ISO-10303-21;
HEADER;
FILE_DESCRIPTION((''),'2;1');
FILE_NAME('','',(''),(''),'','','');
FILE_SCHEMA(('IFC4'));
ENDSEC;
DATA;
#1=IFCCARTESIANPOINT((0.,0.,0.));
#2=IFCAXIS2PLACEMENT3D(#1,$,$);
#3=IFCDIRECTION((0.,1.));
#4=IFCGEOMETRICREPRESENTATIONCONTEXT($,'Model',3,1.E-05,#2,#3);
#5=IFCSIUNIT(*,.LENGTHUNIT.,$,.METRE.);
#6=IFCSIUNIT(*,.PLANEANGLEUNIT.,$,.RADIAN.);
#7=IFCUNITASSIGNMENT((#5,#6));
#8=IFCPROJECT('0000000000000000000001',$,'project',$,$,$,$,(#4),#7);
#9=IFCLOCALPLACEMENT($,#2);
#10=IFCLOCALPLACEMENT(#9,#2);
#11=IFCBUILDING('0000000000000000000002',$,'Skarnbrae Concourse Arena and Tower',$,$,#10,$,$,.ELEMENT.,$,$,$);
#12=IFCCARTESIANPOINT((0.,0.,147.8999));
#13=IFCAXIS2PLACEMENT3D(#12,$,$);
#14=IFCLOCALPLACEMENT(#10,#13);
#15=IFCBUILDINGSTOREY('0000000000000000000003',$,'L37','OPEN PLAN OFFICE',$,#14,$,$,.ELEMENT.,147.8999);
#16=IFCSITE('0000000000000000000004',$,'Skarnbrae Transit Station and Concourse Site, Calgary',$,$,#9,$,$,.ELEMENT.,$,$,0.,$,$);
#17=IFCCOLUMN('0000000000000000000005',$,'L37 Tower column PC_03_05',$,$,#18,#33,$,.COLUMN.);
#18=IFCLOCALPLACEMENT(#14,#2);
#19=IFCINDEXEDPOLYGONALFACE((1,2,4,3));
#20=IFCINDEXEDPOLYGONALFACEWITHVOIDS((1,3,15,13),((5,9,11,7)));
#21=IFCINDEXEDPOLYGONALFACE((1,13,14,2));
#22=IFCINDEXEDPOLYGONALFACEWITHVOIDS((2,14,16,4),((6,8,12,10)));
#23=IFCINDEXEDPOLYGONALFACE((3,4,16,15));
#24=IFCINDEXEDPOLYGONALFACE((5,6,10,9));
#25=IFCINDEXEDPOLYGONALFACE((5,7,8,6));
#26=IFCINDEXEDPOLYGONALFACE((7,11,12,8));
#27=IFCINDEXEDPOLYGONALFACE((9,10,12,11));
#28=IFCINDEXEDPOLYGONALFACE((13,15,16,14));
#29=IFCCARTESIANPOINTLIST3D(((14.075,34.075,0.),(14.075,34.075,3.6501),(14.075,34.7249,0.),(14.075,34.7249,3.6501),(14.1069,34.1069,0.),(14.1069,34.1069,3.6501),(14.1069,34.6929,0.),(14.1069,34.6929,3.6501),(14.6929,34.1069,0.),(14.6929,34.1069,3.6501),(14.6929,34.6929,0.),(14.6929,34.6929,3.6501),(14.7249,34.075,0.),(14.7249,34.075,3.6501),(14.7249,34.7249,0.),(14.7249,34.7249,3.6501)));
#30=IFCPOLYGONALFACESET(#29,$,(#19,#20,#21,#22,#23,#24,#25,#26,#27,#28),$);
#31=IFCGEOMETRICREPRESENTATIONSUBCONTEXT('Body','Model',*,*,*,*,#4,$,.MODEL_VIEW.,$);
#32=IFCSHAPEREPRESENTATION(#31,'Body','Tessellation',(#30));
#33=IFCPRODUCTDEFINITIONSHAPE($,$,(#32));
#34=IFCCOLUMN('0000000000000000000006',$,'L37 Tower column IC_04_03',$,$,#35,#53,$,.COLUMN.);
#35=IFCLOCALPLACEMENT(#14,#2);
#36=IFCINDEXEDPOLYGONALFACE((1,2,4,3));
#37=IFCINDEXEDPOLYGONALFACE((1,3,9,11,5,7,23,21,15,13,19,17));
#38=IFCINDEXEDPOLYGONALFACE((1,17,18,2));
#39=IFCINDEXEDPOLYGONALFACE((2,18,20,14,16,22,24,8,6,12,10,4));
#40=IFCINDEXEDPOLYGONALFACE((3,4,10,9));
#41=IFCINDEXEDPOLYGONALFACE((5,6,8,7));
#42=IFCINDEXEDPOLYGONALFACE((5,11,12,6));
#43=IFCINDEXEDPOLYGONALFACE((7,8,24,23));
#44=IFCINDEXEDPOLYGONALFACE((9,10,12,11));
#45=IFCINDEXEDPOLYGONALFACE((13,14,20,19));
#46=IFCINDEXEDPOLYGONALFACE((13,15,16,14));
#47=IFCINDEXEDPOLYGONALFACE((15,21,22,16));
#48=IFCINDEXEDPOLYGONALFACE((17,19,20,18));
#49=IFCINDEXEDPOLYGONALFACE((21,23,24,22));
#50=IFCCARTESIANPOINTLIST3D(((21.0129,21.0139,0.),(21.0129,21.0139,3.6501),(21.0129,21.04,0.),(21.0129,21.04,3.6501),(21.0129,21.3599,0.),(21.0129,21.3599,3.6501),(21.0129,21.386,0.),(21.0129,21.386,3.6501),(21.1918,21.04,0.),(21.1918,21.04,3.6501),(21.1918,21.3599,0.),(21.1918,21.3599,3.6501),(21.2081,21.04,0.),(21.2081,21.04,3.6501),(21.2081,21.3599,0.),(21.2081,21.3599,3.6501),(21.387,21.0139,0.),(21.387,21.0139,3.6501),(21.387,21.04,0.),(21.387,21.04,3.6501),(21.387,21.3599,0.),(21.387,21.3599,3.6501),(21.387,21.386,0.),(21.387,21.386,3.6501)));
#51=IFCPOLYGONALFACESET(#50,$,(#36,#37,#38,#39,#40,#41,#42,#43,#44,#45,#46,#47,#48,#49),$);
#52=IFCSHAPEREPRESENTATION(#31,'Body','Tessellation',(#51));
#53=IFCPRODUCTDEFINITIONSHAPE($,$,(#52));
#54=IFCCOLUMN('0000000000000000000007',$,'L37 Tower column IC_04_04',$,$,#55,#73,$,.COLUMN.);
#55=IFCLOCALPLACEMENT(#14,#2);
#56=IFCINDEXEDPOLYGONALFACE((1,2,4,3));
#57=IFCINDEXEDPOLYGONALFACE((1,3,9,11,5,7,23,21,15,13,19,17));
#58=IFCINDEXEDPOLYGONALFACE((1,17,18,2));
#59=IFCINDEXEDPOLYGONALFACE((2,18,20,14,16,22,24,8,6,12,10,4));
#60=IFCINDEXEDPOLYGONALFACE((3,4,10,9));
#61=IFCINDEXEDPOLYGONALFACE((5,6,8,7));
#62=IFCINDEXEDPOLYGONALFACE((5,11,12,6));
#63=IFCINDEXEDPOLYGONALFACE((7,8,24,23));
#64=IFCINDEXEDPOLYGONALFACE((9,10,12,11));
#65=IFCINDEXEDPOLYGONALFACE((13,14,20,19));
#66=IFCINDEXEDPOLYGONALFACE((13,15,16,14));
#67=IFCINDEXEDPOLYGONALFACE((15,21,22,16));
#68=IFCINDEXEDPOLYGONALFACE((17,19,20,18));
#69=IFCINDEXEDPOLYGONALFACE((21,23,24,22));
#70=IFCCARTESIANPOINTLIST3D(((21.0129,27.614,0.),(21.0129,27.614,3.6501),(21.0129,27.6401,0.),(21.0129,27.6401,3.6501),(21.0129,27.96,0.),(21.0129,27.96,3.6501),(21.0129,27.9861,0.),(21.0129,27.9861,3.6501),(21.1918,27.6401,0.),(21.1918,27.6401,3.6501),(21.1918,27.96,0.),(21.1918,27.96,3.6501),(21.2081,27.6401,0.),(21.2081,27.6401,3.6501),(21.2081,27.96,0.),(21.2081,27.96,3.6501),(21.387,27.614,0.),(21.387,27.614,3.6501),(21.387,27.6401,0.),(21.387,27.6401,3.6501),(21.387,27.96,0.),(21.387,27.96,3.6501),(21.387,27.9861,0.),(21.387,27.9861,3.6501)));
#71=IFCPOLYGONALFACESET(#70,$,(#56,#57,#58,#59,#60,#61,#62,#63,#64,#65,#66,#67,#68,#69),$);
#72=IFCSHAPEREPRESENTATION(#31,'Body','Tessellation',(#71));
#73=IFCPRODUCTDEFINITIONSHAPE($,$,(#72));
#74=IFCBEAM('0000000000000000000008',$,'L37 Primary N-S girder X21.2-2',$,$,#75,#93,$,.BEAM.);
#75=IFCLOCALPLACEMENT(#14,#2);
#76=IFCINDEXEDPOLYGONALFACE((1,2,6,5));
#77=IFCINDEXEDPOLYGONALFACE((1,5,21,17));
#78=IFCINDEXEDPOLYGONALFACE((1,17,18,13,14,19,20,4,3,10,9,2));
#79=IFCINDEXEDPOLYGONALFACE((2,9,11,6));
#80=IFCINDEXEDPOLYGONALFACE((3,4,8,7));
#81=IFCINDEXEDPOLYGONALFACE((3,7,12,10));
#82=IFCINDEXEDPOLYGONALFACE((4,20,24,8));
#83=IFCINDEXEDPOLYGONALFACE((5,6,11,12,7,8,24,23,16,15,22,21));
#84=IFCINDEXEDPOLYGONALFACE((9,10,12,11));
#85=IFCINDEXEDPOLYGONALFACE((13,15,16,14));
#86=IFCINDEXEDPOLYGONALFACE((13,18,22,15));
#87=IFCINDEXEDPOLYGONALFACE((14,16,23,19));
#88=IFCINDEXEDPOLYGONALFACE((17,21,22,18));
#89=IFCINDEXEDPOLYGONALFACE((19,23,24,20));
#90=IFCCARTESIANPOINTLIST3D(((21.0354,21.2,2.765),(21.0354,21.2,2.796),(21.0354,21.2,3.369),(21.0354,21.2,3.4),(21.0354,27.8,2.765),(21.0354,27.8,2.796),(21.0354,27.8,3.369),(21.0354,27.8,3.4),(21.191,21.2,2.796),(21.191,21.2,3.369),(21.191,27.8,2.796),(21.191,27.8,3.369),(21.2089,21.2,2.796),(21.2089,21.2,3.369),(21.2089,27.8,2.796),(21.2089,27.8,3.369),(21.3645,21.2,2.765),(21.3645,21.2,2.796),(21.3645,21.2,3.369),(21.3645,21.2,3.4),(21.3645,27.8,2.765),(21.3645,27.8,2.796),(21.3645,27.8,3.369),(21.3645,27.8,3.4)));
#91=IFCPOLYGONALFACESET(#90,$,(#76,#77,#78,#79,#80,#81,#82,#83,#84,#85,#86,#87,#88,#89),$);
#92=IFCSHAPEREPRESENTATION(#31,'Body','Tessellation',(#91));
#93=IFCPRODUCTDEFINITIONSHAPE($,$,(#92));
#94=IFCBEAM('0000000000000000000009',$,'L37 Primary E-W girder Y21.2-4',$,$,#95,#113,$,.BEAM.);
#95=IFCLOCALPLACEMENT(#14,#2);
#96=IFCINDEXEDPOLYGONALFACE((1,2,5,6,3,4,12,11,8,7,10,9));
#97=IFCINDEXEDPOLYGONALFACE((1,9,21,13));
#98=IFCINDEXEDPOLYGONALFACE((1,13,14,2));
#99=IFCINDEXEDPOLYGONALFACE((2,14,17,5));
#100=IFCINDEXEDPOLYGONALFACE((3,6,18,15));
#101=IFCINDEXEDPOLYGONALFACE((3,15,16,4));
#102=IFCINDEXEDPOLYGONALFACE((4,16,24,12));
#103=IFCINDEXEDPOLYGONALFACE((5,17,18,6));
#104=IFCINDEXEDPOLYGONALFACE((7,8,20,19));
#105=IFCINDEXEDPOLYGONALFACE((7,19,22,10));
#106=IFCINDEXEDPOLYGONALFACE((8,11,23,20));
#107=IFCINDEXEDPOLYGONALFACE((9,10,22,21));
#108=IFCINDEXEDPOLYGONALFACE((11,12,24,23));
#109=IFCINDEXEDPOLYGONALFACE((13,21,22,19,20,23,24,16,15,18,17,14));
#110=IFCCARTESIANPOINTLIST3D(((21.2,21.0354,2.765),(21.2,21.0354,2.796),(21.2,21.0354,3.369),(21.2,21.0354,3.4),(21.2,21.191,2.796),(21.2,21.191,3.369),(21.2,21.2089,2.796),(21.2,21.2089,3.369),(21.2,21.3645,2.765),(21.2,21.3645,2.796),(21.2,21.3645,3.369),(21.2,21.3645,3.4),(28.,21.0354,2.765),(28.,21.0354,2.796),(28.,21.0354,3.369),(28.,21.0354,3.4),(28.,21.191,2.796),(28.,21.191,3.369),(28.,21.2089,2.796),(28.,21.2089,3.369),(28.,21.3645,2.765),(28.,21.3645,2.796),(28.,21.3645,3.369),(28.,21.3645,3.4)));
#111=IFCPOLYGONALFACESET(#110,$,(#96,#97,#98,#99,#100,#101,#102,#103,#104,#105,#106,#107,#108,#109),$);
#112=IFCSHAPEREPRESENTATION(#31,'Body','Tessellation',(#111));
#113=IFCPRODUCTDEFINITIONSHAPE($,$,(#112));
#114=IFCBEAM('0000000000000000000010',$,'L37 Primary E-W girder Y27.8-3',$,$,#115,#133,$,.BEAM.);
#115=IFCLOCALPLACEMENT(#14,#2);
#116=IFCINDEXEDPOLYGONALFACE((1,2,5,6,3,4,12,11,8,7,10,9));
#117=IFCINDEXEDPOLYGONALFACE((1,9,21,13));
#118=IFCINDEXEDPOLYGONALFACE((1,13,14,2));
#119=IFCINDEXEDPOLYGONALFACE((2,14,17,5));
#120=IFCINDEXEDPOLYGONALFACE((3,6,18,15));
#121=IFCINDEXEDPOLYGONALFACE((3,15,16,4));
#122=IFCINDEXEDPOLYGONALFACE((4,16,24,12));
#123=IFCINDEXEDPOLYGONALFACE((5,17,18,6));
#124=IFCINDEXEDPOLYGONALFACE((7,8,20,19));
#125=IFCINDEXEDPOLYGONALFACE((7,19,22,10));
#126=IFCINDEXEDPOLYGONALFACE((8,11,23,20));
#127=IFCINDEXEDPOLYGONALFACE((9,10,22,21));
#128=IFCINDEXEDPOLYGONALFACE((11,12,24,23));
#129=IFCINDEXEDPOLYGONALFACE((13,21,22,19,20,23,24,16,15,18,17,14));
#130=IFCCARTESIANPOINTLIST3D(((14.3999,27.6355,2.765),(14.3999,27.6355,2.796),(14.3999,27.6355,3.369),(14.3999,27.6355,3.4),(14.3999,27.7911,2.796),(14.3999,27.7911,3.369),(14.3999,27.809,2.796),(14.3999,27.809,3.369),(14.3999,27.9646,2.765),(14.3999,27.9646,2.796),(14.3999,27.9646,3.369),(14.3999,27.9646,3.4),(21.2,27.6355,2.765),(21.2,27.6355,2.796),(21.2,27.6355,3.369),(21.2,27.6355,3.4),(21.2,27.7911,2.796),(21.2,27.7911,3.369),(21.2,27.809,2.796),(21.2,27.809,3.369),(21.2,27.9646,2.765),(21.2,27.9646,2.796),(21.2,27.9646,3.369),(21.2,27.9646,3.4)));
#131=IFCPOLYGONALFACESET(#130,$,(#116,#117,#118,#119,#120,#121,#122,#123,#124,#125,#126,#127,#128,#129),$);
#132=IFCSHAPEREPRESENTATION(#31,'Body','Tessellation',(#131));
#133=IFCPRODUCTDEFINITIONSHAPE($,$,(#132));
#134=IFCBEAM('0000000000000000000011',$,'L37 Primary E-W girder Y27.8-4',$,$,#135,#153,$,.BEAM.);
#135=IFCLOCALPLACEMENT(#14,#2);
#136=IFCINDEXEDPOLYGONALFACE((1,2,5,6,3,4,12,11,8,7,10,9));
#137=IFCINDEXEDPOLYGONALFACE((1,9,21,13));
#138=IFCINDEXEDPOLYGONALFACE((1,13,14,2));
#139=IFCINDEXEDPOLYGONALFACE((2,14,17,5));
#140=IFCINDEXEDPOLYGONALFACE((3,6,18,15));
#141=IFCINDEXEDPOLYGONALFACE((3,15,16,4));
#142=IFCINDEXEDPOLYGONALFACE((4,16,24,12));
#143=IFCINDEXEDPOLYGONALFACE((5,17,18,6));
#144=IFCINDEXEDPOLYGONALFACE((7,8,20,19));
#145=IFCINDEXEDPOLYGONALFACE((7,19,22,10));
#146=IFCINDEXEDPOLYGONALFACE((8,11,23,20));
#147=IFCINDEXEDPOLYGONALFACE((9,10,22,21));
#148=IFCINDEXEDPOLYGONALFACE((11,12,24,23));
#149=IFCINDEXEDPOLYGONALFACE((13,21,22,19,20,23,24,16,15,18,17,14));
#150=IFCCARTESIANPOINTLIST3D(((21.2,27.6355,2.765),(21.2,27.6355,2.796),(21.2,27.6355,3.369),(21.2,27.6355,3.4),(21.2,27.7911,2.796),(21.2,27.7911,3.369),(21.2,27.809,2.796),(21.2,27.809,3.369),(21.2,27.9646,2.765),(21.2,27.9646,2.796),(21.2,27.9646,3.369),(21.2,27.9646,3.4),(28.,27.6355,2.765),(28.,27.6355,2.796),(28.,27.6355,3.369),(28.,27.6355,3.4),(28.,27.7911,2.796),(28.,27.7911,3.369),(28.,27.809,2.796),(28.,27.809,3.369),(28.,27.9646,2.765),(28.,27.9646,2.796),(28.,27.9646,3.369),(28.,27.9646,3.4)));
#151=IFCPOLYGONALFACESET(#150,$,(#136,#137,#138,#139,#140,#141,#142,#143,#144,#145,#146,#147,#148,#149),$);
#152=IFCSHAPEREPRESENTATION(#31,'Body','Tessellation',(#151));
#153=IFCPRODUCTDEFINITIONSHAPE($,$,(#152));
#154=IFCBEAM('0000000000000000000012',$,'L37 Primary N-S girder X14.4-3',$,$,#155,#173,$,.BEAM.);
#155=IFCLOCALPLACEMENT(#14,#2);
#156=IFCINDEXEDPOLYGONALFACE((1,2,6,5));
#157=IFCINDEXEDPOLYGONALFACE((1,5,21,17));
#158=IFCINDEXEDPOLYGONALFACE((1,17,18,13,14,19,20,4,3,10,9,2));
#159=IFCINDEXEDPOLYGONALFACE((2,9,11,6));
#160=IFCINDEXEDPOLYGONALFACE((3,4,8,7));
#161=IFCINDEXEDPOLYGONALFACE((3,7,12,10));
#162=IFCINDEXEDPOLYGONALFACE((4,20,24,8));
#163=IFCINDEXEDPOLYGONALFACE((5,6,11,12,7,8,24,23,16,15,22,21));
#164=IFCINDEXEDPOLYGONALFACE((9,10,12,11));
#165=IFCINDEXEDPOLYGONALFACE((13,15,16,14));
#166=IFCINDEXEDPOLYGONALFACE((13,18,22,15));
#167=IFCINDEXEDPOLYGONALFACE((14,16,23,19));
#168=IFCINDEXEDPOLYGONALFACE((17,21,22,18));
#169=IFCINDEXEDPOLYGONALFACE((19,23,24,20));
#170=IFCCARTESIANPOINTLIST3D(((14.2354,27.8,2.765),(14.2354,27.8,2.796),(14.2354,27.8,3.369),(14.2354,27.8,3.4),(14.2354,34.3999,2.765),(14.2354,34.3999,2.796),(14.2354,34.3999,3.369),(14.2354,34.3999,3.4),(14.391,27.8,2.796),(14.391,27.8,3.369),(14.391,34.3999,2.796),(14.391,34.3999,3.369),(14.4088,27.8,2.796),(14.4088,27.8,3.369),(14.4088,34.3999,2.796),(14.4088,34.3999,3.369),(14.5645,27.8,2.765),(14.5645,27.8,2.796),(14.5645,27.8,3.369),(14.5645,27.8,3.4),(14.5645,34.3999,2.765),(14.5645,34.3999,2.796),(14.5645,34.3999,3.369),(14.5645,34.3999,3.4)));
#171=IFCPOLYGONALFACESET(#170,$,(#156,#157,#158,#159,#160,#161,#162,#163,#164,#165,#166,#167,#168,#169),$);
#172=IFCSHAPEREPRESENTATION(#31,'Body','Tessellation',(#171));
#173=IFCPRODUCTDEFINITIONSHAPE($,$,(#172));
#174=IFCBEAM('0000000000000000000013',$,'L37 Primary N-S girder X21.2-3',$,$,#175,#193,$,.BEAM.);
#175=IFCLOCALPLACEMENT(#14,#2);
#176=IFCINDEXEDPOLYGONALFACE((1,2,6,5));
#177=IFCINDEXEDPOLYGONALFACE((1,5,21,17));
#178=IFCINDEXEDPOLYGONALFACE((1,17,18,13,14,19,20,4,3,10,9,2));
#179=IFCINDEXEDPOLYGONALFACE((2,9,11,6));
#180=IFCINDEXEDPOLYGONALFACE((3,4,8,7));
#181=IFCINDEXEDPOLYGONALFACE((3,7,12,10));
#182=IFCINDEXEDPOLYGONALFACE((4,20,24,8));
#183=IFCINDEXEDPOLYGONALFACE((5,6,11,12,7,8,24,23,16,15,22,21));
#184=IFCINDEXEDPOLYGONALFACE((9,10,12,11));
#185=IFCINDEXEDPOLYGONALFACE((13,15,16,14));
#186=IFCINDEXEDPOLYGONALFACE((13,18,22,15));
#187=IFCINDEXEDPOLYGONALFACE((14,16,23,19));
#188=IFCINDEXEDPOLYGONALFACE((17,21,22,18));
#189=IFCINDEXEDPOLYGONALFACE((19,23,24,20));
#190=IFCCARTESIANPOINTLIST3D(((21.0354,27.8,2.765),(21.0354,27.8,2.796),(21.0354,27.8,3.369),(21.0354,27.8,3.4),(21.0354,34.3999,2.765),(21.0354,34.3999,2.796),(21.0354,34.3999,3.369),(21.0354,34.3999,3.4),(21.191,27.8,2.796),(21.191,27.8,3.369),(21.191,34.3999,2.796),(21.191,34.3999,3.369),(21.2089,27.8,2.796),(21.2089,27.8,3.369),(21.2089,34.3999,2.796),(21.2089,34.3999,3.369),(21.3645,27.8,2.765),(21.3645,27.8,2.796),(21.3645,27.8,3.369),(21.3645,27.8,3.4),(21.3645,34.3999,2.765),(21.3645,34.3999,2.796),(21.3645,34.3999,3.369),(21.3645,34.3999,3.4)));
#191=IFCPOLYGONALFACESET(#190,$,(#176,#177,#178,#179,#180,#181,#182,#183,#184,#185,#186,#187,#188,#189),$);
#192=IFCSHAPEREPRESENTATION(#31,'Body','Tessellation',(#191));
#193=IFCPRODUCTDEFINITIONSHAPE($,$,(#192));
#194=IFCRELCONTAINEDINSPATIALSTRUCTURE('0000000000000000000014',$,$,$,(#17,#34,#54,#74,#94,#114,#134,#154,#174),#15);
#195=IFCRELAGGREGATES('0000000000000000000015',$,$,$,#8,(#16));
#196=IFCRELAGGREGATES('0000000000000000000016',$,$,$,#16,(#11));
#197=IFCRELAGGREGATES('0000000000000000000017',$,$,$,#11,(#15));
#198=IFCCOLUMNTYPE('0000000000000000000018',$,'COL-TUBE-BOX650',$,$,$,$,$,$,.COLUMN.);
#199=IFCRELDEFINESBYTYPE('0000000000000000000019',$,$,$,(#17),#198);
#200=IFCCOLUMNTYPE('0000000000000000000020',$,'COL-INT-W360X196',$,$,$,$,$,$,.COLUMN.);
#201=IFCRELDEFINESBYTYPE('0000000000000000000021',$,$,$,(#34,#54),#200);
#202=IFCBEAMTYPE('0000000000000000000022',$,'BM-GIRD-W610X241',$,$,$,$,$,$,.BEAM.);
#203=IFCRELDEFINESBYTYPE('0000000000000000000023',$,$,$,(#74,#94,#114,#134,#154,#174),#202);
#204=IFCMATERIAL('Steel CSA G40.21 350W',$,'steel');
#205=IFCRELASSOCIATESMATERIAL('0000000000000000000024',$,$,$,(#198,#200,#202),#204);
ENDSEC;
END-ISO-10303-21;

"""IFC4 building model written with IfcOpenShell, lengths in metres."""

from ifc_helpers import new_model, si_unit, direction, frame, origin, origin_2d, place, context, subcontext, project, spatial, hollow_rectangle, i_section, extrude, source, transform, mapped, material, material_profile, profile_set, type_object, element, save


model = new_model("IFC4")

# Units and contexts
model_context = context("Model", 3, precision=1e-05, world=origin(), true_north=direction((0.0, 1.0)))
body_context = subcontext(model_context, "Body", "Model", "MODEL_VIEW")
ifc_project = project(units=[si_unit("LENGTHUNIT", "METRE"), si_unit("PLANEANGLEUNIT", "RADIAN")], contexts=[model_context])

# Site, building, storey
site_placement = place(None, origin())
site = spatial("IfcSite", under=ifc_project, at=site_placement, Name="Skarnbrae Transit Station and Concourse Site, Calgary", CompositionType="ELEMENT", RefElevation=0.0)
building_placement = place(site_placement, origin())
building = spatial("IfcBuilding", under=site, at=building_placement, Name="Skarnbrae Concourse Arena and Tower", CompositionType="ELEMENT")
storey_placement = place(building_placement, frame((0.0, 0.0, 147.8999)))
storey = spatial("IfcBuildingStorey", under=building, at=storey_placement, Name="L37", Description="OPEN PLAN OFFICE", CompositionType="ELEMENT", Elevation=147.8999)

# Columns
ifc_material_1 = material(Name="Steel CSA G40.21 350W", Category="steel")
ifc_material_profile_1 = material_profile(ifc_material_1, hollow_rectangle(XDim=0.6499, YDim=0.6499, WallThickness=0.032, at=origin_2d()), Name="BOX650X650X32")
ifc_profile_set_1 = profile_set([ifc_material_profile_1], Name="Steel CSA G40.21 350W")
column_type_1 = type_object("IfcColumnType", Name="COL-TUBE-BOX650", PredefinedType="COLUMN", material=ifc_profile_set_1)
shared_shape_1 = source(origin(), body_context, "Body", "SweptSolid", [
    extrude(hollow_rectangle(XDim=0.6499, YDim=0.6499, WallThickness=0.032, at=origin_2d()), origin(), (0.0, 0.0, 1.0), 3.6501),
])
column_placement = place(storey_placement, frame((14.3999, 34.3999, 0.0), z_axis=(0.0, 0.0, 1.0), x_axis=(1.0, 0.0, 0.0)))
element("IfcColumn", 1, at=column_placement, inside=storey, type_object=column_type_1, Name="L37 Tower column PC_03_05", PredefinedType="COLUMN", context=body_context, shape_type="MappedRepresentation", body=[
    mapped(shared_shape_1, transform((0.0, 0.0, 0.0))),
])
ifc_material_profile_2 = material_profile(ifc_material_1, i_section(OverallWidth=0.374, OverallDepth=0.3721, WebThickness=0.0164, FlangeThickness=0.0261, at=origin_2d()), Name="W360X196")
ifc_profile_set_2 = profile_set([ifc_material_profile_2], Name="Steel CSA G40.21 350W")
column_type_2 = type_object("IfcColumnType", Name="COL-INT-W360X196", PredefinedType="COLUMN", material=ifc_profile_set_2)
shared_shape_2 = source(origin(), body_context, "Body", "SweptSolid", [
    extrude(i_section(OverallWidth=0.374, OverallDepth=0.3721, WebThickness=0.0164, FlangeThickness=0.0261, at=origin_2d()), origin(), (0.0, 0.0, 1.0), 3.6501),
])
for number, where, z_axis, x_axis, name in (
    (2, (21.2, 21.2, 0.0), (0.0, 0.0, 1.0), (1.0, 0.0, 0.0), "L37 Tower column IC_04_03"),
    (3, (21.2, 27.8, 0.0), (0.0, 0.0, 1.0), (1.0, 0.0, 0.0), "L37 Tower column IC_04_04"),
):
    element("IfcColumn", number, at=place(storey_placement, frame(where, z_axis=z_axis, x_axis=x_axis)), inside=storey, type_object=column_type_2, Name=name, PredefinedType="COLUMN", context=body_context, shape_type="MappedRepresentation", body=[
        mapped(shared_shape_2, transform((0.0, 0.0, 0.0))),
    ])

# Beams
ifc_material_profile_3 = material_profile(ifc_material_1, i_section(OverallWidth=0.3291, OverallDepth=0.635, WebThickness=0.0178, FlangeThickness=0.031, at=origin_2d()), Name="W610X241")
ifc_profile_set_3 = profile_set([ifc_material_profile_3], Name="Steel CSA G40.21 350W")
beam_type_1 = type_object("IfcBeamType", Name="BM-GIRD-W610X241", PredefinedType="BEAM", material=ifc_profile_set_3)
shared_shape_3 = source(origin(), body_context, "Body", "SweptSolid", [
    extrude(i_section(OverallWidth=0.3291, OverallDepth=0.635, WebThickness=0.0178, FlangeThickness=0.031, at=origin_2d()), origin(), (0.0, 0.0, 1.0), 6.6001),
])
beam_placement = place(storey_placement, frame((21.2, 21.2, 3.0825), z_axis=(0.0, 1.0, 0.0), x_axis=(-1.0, 0.0, 0.0)))
element("IfcBeam", 4, at=beam_placement, inside=storey, type_object=beam_type_1, Name="L37 Primary N-S girder X21.2-2", PredefinedType="BEAM", context=body_context, shape_type="MappedRepresentation", body=[
    mapped(shared_shape_3, transform((0.0, 0.0, 0.0))),
])
shared_shape_4 = source(origin(), body_context, "Body", "SweptSolid", [
    extrude(i_section(OverallWidth=0.3291, OverallDepth=0.635, WebThickness=0.0178, FlangeThickness=0.031, at=origin_2d()), origin(), (0.0, 0.0, 1.0), 6.8),
])
for number, where, z_axis, x_axis, name in (
    (5, (21.2, 21.2, 3.0825), (1.0, 0.0, 0.0), (0.0, 1.0, 0.0), "L37 Primary E-W girder Y21.2-4"),
    (6, (14.3999, 27.8, 3.0825), (1.0, 0.0, 0.0), (0.0, 1.0, 0.0), "L37 Primary E-W girder Y27.8-3"),
    (7, (21.2, 27.8, 3.0825), (1.0, 0.0, 0.0), (0.0, 1.0, 0.0), "L37 Primary E-W girder Y27.8-4"),
):
    element("IfcBeam", number, at=place(storey_placement, frame(where, z_axis=z_axis, x_axis=x_axis)), inside=storey, type_object=beam_type_1, Name=name, PredefinedType="BEAM", context=body_context, shape_type="MappedRepresentation", body=[
        mapped(shared_shape_4, transform((0.0, 0.0, 0.0))),
    ])
shared_shape_5 = source(origin(), body_context, "Body", "SweptSolid", [
    extrude(i_section(OverallWidth=0.3291, OverallDepth=0.635, WebThickness=0.0178, FlangeThickness=0.031, at=origin_2d()), origin(), (0.0, 0.0, 1.0), 6.5999),
])
for number, where, z_axis, x_axis, name in (
    (8, (14.3999, 27.8, 3.0825), (0.0, 1.0, 0.0), (-1.0, 0.0, 0.0), "L37 Primary N-S girder X14.4-3"),
    (9, (21.2, 27.8, 3.0825), (0.0, 1.0, 0.0), (-1.0, 0.0, 0.0), "L37 Primary N-S girder X21.2-3"),
):
    element("IfcBeam", number, at=place(storey_placement, frame(where, z_axis=z_axis, x_axis=x_axis)), inside=storey, type_object=beam_type_1, Name=name, PredefinedType="BEAM", context=body_context, shape_type="MappedRepresentation", body=[
        mapped(shared_shape_5, transform((0.0, 0.0, 0.0))),
    ])

save(model, "model.ifc")
